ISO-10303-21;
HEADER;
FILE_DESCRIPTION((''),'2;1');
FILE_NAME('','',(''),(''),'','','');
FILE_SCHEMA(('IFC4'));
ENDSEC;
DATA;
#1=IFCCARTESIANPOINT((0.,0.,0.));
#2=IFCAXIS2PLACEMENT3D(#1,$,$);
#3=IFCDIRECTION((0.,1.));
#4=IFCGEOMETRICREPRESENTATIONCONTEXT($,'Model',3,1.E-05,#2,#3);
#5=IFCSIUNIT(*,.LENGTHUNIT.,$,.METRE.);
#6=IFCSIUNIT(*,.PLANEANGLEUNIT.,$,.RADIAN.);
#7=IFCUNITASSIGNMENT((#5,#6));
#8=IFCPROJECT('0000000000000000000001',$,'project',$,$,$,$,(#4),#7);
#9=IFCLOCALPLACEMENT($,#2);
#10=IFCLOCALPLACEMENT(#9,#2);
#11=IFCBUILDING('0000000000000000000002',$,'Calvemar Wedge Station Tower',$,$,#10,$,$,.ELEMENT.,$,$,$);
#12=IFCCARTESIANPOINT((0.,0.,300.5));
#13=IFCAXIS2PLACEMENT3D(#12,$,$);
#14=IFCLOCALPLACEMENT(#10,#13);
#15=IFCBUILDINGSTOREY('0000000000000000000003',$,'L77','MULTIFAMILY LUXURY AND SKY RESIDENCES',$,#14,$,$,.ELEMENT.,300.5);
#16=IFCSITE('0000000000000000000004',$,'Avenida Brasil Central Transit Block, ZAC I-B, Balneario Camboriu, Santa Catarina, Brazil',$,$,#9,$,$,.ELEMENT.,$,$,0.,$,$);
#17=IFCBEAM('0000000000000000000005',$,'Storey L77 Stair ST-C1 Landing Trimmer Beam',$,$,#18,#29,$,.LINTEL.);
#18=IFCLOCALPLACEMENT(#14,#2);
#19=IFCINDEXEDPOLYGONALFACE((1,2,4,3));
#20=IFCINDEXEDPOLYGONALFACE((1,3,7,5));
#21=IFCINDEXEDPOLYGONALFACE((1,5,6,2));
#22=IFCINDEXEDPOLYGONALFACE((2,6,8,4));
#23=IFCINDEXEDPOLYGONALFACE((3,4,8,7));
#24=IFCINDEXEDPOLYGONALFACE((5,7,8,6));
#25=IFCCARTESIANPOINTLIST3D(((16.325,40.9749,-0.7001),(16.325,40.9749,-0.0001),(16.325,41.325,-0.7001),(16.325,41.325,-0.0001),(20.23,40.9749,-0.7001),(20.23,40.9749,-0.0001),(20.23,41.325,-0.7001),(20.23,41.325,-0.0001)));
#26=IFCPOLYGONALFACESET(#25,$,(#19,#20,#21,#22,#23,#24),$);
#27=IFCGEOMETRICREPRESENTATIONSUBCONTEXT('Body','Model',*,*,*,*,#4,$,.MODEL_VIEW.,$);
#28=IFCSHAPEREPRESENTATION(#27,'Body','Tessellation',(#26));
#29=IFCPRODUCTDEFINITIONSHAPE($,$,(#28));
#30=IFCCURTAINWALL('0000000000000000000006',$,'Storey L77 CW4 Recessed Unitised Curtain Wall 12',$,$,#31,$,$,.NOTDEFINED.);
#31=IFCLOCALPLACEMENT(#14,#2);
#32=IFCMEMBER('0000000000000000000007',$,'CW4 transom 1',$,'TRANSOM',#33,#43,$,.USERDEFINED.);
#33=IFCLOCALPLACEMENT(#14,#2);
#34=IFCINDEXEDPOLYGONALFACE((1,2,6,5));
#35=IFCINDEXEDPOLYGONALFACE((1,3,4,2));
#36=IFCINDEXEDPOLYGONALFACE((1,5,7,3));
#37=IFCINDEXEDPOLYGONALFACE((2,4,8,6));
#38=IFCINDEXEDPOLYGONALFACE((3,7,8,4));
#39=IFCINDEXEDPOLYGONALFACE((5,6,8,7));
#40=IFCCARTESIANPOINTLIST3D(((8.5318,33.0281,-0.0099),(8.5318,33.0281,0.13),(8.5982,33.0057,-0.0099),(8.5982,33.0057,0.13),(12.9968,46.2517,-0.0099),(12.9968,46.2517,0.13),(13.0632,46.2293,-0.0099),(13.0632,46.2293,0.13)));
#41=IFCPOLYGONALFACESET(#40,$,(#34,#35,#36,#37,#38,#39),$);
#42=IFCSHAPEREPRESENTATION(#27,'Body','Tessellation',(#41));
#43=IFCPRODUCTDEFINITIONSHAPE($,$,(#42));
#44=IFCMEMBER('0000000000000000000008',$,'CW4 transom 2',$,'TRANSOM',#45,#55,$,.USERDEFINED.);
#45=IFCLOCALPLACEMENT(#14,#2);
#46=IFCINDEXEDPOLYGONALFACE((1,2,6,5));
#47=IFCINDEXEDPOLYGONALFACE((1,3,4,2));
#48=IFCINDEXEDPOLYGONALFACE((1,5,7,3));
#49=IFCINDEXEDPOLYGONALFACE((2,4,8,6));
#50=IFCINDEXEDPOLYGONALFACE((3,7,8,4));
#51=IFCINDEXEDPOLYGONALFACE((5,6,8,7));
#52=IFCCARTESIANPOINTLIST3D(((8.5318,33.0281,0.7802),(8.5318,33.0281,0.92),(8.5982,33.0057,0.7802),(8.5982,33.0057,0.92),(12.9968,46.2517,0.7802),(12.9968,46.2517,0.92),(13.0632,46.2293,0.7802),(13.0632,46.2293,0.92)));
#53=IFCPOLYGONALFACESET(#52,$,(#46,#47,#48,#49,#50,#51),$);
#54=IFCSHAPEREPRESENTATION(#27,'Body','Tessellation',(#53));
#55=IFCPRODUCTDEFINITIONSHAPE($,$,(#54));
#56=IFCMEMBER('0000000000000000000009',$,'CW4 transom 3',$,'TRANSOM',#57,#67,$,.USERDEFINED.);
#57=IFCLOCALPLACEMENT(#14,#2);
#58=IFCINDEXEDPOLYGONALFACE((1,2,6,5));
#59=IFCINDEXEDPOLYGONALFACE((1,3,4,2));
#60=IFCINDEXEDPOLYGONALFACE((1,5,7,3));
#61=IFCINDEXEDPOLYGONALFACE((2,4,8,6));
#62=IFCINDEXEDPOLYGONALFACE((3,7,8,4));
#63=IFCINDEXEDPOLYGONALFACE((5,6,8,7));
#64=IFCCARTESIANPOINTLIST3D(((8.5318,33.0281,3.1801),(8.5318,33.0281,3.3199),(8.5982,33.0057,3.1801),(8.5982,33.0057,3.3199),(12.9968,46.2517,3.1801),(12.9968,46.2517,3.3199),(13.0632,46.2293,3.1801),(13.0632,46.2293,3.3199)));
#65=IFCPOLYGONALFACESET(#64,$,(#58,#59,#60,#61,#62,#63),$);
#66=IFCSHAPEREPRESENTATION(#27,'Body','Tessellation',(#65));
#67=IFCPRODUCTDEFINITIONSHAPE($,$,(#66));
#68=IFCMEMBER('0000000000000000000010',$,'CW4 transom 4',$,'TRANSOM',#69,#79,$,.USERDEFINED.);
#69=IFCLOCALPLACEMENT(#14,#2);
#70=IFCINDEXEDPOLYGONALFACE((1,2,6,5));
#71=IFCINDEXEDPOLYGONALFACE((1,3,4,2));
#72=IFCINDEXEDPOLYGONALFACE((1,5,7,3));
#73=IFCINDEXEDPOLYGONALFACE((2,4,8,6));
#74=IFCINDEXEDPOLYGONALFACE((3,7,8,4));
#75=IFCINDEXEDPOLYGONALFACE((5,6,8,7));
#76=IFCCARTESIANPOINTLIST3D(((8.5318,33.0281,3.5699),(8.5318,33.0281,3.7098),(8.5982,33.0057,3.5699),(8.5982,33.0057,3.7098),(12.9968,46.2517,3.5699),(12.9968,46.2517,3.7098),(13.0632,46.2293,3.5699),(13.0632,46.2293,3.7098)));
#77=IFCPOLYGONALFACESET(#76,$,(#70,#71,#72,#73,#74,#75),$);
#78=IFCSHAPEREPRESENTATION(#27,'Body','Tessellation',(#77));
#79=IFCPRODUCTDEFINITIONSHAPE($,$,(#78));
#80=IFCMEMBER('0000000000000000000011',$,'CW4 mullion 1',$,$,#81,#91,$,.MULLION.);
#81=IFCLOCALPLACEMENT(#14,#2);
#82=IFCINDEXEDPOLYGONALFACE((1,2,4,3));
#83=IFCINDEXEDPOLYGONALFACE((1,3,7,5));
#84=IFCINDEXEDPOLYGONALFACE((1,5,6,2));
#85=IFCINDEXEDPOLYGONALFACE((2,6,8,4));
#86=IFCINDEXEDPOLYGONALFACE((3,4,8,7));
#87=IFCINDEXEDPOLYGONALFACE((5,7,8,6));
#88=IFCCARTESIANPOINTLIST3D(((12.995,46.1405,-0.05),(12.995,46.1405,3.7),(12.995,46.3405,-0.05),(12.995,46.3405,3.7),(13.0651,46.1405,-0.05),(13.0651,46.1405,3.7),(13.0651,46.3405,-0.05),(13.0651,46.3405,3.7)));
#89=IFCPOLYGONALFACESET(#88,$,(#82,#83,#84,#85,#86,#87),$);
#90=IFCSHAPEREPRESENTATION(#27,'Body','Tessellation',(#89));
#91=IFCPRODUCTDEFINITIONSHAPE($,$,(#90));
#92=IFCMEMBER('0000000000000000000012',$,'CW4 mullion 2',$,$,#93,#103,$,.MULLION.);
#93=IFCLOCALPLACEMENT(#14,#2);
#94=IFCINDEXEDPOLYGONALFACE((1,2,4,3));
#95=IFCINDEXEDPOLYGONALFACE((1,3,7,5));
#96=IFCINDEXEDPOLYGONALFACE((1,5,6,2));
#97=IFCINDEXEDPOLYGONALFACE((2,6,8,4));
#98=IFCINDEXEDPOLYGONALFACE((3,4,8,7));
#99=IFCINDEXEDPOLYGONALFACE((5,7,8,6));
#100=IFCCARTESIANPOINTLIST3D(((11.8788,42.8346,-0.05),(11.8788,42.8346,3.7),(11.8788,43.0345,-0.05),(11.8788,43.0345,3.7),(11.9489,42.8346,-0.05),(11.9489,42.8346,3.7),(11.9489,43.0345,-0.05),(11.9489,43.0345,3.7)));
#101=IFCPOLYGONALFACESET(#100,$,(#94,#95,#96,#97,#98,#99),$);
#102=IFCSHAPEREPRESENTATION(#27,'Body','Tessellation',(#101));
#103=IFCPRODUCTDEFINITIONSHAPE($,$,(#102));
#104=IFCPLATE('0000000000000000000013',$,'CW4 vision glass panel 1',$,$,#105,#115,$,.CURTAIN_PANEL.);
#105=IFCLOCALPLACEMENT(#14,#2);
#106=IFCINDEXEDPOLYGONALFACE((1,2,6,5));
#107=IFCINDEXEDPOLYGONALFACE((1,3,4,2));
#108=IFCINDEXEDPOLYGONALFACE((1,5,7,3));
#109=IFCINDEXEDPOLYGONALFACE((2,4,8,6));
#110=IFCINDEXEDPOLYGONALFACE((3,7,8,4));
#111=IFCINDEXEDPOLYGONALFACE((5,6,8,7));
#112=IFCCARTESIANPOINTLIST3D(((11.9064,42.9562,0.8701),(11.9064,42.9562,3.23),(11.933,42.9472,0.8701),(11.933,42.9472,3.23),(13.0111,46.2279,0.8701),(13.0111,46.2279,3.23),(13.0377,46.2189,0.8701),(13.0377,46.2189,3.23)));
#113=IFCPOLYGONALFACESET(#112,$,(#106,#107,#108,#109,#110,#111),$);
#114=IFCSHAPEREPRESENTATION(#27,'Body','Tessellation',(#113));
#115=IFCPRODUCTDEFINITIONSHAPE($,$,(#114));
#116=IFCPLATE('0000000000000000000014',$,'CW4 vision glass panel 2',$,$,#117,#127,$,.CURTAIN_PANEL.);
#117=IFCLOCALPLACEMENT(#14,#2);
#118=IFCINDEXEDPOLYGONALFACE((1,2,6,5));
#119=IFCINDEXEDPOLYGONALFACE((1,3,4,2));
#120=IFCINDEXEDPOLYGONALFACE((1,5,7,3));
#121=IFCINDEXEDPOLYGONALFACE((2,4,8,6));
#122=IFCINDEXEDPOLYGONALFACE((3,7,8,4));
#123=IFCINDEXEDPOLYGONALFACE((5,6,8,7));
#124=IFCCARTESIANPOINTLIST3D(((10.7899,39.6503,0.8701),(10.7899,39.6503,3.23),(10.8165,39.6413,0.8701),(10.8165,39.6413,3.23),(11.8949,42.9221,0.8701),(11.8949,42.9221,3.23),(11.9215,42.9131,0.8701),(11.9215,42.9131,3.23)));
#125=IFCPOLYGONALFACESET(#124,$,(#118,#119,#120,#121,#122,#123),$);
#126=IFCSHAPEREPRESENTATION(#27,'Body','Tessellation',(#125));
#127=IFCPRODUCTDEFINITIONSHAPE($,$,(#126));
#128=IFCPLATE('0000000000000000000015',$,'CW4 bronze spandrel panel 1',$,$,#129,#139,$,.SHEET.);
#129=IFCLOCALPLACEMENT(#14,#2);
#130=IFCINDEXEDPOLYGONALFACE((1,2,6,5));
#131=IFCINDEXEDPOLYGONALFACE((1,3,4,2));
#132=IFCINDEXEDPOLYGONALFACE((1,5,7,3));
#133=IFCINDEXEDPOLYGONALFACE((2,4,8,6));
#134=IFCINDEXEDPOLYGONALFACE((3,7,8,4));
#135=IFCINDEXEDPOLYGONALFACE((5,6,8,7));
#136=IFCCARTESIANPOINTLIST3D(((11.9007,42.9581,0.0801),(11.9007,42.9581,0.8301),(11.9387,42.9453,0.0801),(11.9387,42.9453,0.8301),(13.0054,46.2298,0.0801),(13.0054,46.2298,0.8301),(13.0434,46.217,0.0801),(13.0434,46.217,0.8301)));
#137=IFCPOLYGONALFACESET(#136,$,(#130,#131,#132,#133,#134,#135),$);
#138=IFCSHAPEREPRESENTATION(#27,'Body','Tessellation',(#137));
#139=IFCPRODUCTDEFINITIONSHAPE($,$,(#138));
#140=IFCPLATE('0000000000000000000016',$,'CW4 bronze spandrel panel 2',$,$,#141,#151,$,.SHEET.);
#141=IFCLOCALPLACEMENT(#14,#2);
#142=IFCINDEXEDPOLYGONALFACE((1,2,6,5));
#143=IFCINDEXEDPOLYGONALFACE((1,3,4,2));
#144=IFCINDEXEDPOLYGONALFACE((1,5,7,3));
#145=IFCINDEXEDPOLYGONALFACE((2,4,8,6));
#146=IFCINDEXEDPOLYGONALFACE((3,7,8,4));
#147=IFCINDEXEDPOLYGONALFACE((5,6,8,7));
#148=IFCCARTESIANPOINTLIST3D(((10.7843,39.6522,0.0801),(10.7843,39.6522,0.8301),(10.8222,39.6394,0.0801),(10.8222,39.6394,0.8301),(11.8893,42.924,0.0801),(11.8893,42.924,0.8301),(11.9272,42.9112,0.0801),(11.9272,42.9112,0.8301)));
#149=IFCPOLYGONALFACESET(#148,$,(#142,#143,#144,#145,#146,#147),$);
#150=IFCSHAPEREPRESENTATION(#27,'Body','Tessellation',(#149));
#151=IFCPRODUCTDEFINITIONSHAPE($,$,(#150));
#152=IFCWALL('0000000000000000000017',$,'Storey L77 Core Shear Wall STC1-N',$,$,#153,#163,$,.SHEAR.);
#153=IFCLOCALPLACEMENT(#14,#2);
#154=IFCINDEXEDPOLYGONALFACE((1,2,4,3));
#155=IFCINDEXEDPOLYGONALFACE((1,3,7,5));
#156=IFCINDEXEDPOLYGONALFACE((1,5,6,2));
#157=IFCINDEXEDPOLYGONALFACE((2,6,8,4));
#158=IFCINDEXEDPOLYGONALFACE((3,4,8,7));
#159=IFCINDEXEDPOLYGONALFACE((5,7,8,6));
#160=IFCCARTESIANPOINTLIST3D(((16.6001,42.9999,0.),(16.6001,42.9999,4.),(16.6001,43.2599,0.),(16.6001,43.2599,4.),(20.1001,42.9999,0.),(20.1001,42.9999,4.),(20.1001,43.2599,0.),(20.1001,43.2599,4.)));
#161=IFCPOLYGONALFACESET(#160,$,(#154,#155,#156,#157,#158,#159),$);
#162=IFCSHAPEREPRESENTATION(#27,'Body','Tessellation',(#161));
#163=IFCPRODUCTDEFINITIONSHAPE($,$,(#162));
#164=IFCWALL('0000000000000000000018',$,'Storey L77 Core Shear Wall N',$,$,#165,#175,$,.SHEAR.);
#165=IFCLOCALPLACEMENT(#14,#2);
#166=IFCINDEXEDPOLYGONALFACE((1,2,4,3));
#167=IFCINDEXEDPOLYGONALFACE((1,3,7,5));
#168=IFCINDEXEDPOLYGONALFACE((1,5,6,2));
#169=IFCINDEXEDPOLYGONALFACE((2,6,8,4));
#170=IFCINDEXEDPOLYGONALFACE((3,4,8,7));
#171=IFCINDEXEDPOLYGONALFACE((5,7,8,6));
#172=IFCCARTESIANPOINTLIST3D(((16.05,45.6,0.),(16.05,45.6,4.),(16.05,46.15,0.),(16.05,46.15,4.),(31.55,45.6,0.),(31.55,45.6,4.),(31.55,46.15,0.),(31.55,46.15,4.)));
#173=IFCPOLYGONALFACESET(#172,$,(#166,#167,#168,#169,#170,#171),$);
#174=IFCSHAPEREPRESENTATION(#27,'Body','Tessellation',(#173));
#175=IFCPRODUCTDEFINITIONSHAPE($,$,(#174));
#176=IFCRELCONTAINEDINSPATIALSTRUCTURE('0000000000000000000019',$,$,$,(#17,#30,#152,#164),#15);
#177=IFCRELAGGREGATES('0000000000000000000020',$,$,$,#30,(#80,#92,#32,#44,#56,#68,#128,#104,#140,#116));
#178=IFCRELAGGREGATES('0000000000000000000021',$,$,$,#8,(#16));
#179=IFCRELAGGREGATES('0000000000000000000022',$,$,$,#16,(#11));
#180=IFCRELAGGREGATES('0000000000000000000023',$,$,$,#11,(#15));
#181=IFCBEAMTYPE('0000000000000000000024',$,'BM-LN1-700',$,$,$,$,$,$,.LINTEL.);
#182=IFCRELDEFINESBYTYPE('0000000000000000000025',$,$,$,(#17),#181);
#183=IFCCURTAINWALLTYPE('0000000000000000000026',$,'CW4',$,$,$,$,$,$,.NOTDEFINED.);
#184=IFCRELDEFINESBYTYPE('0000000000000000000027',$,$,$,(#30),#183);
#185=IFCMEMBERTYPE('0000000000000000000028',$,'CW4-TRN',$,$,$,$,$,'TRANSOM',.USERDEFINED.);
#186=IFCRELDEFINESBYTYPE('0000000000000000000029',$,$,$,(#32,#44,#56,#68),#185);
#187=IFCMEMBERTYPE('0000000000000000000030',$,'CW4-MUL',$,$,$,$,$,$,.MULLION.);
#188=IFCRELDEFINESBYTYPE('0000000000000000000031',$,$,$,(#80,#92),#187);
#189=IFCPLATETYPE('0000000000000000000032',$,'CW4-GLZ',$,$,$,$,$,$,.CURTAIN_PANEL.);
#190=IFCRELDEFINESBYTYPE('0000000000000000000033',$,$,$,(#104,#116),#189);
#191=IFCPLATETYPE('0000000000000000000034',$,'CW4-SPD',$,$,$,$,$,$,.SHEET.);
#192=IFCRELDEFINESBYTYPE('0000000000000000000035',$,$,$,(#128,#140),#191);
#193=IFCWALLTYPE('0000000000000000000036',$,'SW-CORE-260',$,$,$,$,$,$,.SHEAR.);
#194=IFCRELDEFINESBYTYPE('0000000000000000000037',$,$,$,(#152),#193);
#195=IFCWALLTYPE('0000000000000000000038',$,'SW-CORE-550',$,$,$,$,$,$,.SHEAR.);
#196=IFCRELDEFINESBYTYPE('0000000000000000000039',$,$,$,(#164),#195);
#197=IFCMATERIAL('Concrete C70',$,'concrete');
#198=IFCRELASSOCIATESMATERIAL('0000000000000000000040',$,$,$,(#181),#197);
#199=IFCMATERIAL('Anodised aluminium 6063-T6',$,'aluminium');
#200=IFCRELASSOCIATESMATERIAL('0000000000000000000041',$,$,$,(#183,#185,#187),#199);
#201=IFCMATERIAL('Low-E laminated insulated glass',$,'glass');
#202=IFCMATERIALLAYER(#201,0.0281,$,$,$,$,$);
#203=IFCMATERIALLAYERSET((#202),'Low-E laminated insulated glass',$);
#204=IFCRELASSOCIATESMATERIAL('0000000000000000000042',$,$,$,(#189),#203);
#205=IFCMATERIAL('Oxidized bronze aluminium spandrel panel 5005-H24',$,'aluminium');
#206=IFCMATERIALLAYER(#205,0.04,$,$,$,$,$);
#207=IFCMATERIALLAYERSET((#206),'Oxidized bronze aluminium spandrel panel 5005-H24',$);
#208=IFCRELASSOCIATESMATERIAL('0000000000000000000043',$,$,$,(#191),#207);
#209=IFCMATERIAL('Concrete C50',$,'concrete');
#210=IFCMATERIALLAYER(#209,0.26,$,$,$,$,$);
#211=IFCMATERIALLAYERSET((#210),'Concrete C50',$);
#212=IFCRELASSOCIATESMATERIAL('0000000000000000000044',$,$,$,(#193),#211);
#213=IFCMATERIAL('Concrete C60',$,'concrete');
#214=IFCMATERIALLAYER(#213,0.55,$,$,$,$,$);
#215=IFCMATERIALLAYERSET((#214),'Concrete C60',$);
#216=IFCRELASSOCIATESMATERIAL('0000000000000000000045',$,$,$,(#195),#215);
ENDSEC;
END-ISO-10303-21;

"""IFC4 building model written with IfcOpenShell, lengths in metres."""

from ifc_helpers import new_model, si_unit, direction, frame, frame_2d, origin, origin_2d, place, context, subcontext, project, spatial, rectangle, extrude, source, transform, mapped, material, layer, layer_set, material_profile, profile_set, type_object, element, aggregate, save


model = new_model("IFC4")

# Units and contexts
model_context = context("Model", 3, precision=1e-05, world=origin(), true_north=direction((0.0, 1.0)))
body_context = subcontext(model_context, "Body", "Model", "MODEL_VIEW")
ifc_project = project(units=[si_unit("LENGTHUNIT", "METRE"), si_unit("PLANEANGLEUNIT", "RADIAN")], contexts=[model_context])

# Site, building, storey
site_placement = place(None, origin())
site = spatial("IfcSite", under=ifc_project, at=site_placement, Name="Avenida Brasil Central Transit Block, ZAC I-B, Balneario Camboriu, Santa Catarina, Brazil", CompositionType="ELEMENT", RefElevation=0.0)
building_placement = place(site_placement, origin())
building = spatial("IfcBuilding", under=site, at=building_placement, Name="Calvemar Wedge Station Tower", CompositionType="ELEMENT")
storey_placement = place(building_placement, frame((0.0, 0.0, 300.5)))
storey = spatial("IfcBuildingStorey", under=building, at=storey_placement, Name="L77", Description="MULTIFAMILY LUXURY AND SKY RESIDENCES", CompositionType="ELEMENT", Elevation=300.5)

# Beam
ifc_material_1 = material(Name="Concrete C70", Category="concrete")
ifc_material_profile_1 = material_profile(ifc_material_1, rectangle(XDim=0.3501, YDim=0.7, at=origin_2d()), Name="RC350x700")
ifc_profile_set_1 = profile_set([ifc_material_profile_1], Name="Concrete C70")
beam_type = type_object("IfcBeamType", Name="BM-LN1-700", PredefinedType="LINTEL", material=ifc_profile_set_1)
shared_shape_1 = source(origin(), body_context, "Body", "SweptSolid", [
    extrude(rectangle(XDim=0.3501, YDim=0.7, at=origin_2d()), origin(), (0.0, 0.0, 1.0), 3.905),
])
beam_placement = place(storey_placement, frame((16.325, 41.1499, -0.3501), z_axis=(1.0, 0.0, 0.0), x_axis=(0.0, 1.0, 0.0)))
element("IfcBeam", 1, at=beam_placement, inside=storey, type_object=beam_type, Name="Storey L77 Stair ST-C1 Landing Trimmer Beam", PredefinedType="LINTEL", context=body_context, shape_type="MappedRepresentation", body=[
    mapped(shared_shape_1, transform((0.0, 0.0, 0.0), scale=1.0)),
])

# Curtain wall, members, plates
ifc_material_2 = material(Name="Anodised aluminium 6063-T6", Category="aluminium")
curtain_wall_type = type_object("IfcCurtainWallType", Name="CW4", PredefinedType="NOTDEFINED", material=ifc_material_2)
curtain_wall_placement = place(storey_placement, origin())
curtain_wall = element("IfcCurtainWall", 2, at=curtain_wall_placement, inside=storey, type_object=curtain_wall_type, Name="Storey L77 CW4 Recessed Unitised Curtain Wall 12", PredefinedType="NOTDEFINED")
ifc_material_profile_2 = material_profile(ifc_material_2, rectangle(XDim=0.0701, YDim=0.1399, at=origin_2d()), Name="AL-TRN-70x140")
ifc_profile_set_2 = profile_set([ifc_material_profile_2], Name="Anodised aluminium 6063-T6")
member_type_1 = type_object("IfcMemberType", Name="CW4-TRN", ElementType="TRANSOM", PredefinedType="USERDEFINED", material=ifc_profile_set_2)
shared_shape_2 = source(origin(), body_context, "Body", "SweptSolid", [
    extrude(rectangle(XDim=0.0701, YDim=0.1399, at=origin_2d()), origin(), (0.0, 0.0, 1.0), 13.957),
])
member_1_placement = place(storey_placement, frame((13.03, 46.2405, 0.0601), z_axis=(-0.319914, -0.947446, 0.0), x_axis=(0.947446, -0.319914, 0.0)))
member_1 = element("IfcMember", 3, at=member_1_placement, type_object=member_type_1, Name="CW4 transom 1", ObjectType="TRANSOM", PredefinedType="USERDEFINED", context=body_context, shape_type="MappedRepresentation", body=[
    mapped(shared_shape_2, transform((0.0, 0.0, 0.0), scale=1.0)),
])
member_2_placement = place(storey_placement, frame((13.03, 46.2405, 0.8501), z_axis=(-0.319914, -0.947446, 0.0), x_axis=(0.947446, -0.319914, 0.0)))
member_2 = element("IfcMember", 4, at=member_2_placement, type_object=member_type_1, Name="CW4 transom 2", ObjectType="TRANSOM", PredefinedType="USERDEFINED", context=body_context, shape_type="MappedRepresentation", body=[
    mapped(shared_shape_2, transform((0.0, 0.0, 0.0), scale=1.0)),
])
member_3_placement = place(storey_placement, frame((13.03, 46.2405, 3.25), z_axis=(-0.319914, -0.947446, 0.0), x_axis=(0.947446, -0.319914, 0.0)))
member_3 = element("IfcMember", 5, at=member_3_placement, type_object=member_type_1, Name="CW4 transom 3", ObjectType="TRANSOM", PredefinedType="USERDEFINED", context=body_context, shape_type="MappedRepresentation", body=[
    mapped(shared_shape_2, transform((0.0, 0.0, 0.0), scale=1.0)),
])
member_4_placement = place(storey_placement, frame((13.03, 46.2405, 3.6399), z_axis=(-0.319914, -0.947446, 0.0), x_axis=(0.947446, -0.319914, 0.0)))
member_4 = element("IfcMember", 6, at=member_4_placement, type_object=member_type_1, Name="CW4 transom 4", ObjectType="TRANSOM", PredefinedType="USERDEFINED", context=body_context, shape_type="MappedRepresentation", body=[
    mapped(shared_shape_2, transform((0.0, 0.0, 0.0), scale=1.0)),
])
ifc_material_profile_3 = material_profile(ifc_material_2, rectangle(XDim=0.0701, YDim=0.2, at=origin_2d()), Name="AL-MUL-70x200")
ifc_profile_set_3 = profile_set([ifc_material_profile_3], Name="Anodised aluminium 6063-T6")
member_type_2 = type_object("IfcMemberType", Name="CW4-MUL", PredefinedType="MULLION", material=ifc_profile_set_3)
shared_shape_3 = source(origin(), body_context, "Body", "SweptSolid", [
    extrude(rectangle(XDim=0.0701, YDim=0.2, at=origin_2d()), origin(), (0.0, 0.0, 1.0), 3.75),
])
member_5_placement = place(storey_placement, frame((13.03, 46.2405, -0.05), z_axis=(0.0, 0.0, 1.0), x_axis=(1.0, 0.0, 0.0)))
member_5 = element("IfcMember", 7, at=member_5_placement, type_object=member_type_2, Name="CW4 mullion 1", PredefinedType="MULLION", context=body_context, shape_type="MappedRepresentation", body=[
    mapped(shared_shape_3, transform((0.0, 0.0, 0.0), scale=1.0)),
])
member_6_placement = place(storey_placement, frame((11.9138, 42.9346, -0.05), z_axis=(0.0, 0.0, 1.0), x_axis=(1.0, 0.0, 0.0)))
member_6 = element("IfcMember", 8, at=member_6_placement, type_object=member_type_2, Name="CW4 mullion 2", PredefinedType="MULLION", context=body_context, shape_type="MappedRepresentation", body=[
    mapped(shared_shape_3, transform((0.0, 0.0, 0.0), scale=1.0)),
])
ifc_material_3 = material(Name="Low-E laminated insulated glass", Category="glass")
ifc_layer_1 = layer(ifc_material_3, 0.0281)
ifc_layer_set_1 = layer_set([ifc_layer_1], Name="Low-E laminated insulated glass")
plate_type_1 = type_object("IfcPlateType", Name="CW4-GLZ", PredefinedType="CURTAIN_PANEL", material=ifc_layer_set_1)
plate_1_placement = place(storey_placement, frame((13.0244, 46.2234, 0.8701), z_axis=(0.0, 0.0, 1.0), x_axis=(-0.319916, -0.947446, 0.0)))
plate_1 = element("IfcPlate", 9, at=plate_1_placement, type_object=plate_type_1, Name="CW4 vision glass panel 1", PredefinedType="CURTAIN_PANEL", context=body_context, shape_type="SweptSolid", body=[
    extrude(rectangle(XDim=3.4531, YDim=0.0281, at=frame_2d((1.7266, 0.0))), origin(), (0.0, 0.0, 1.0), 2.3599),
])
plate_2_placement = place(storey_placement, frame((11.9082, 42.9175, 0.8701), z_axis=(0.0, 0.0, 1.0), x_axis=(-0.319979, -0.947425, 0.0)))
plate_2 = element("IfcPlate", 10, at=plate_2_placement, type_object=plate_type_1, Name="CW4 vision glass panel 2", PredefinedType="CURTAIN_PANEL", context=body_context, shape_type="SweptSolid", body=[
    extrude(rectangle(XDim=3.4534, YDim=0.0281, at=frame_2d((1.7266, 0.0))), origin(), (0.0, 0.0, 1.0), 2.3599),
])
ifc_material_4 = material(Name="Oxidized bronze aluminium spandrel panel 5005-H24", Category="aluminium")
ifc_layer_2 = layer(ifc_material_4, 0.04)
ifc_layer_set_2 = layer_set([ifc_layer_2], Name="Oxidized bronze aluminium spandrel panel 5005-H24")
plate_type_2 = type_object("IfcPlateType", Name="CW4-SPD", PredefinedType="SHEET", material=ifc_layer_set_2)
plate_3_placement = place(storey_placement, frame((13.0244, 46.2234, 0.0801), z_axis=(0.0, 0.0, 1.0), x_axis=(-0.319916, -0.947446, 0.0)))
plate_3 = element("IfcPlate", 11, at=plate_3_placement, type_object=plate_type_2, Name="CW4 bronze spandrel panel 1", PredefinedType="SHEET", context=body_context, shape_type="SweptSolid", body=[
    extrude(rectangle(XDim=3.4531, YDim=0.04, at=frame_2d((1.7266, 0.0))), origin(), (0.0, 0.0, 1.0), 0.75),
])
plate_4_placement = place(storey_placement, frame((11.9082, 42.9175, 0.0801), z_axis=(0.0, 0.0, 1.0), x_axis=(-0.319979, -0.947425, 0.0)))
plate_4 = element("IfcPlate", 12, at=plate_4_placement, type_object=plate_type_2, Name="CW4 bronze spandrel panel 2", PredefinedType="SHEET", context=body_context, shape_type="SweptSolid", body=[
    extrude(rectangle(XDim=3.4534, YDim=0.04, at=frame_2d((1.7266, 0.0))), origin(), (0.0, 0.0, 1.0), 0.75),
])
aggregate(curtain_wall, [member_5, member_6, member_1, member_2, member_3, member_4, plate_3, plate_1, plate_4, plate_2])

# Walls
ifc_material_5 = material(Name="Concrete C50", Category="concrete")
ifc_layer_3 = layer(ifc_material_5, 0.26)
ifc_layer_set_3 = layer_set([ifc_layer_3], Name="Concrete C50")
wall_type_1 = type_object("IfcWallType", Name="SW-CORE-260", PredefinedType="SHEAR", material=ifc_layer_set_3)
wall_1_placement = place(storey_placement, frame((16.6001, 43.1299, 0.0), z_axis=(0.0, 0.0, 1.0), x_axis=(1.0, 0.0, 0.0)))
element("IfcWall", 13, at=wall_1_placement, inside=storey, type_object=wall_type_1, Name="Storey L77 Core Shear Wall STC1-N", PredefinedType="SHEAR", context=body_context, shape_type="SweptSolid", body=[
    extrude(rectangle(XDim=3.5, YDim=0.26, at=frame_2d((1.75, 0.0))), origin(), (0.0, 0.0, 1.0), 4.0),
])
ifc_material_6 = material(Name="Concrete C60", Category="concrete")
ifc_layer_4 = layer(ifc_material_6, 0.55)
ifc_layer_set_4 = layer_set([ifc_layer_4], Name="Concrete C60")
wall_type_2 = type_object("IfcWallType", Name="SW-CORE-550", PredefinedType="SHEAR", material=ifc_layer_set_4)
wall_2_placement = place(storey_placement, frame((16.05, 45.875, 0.0), z_axis=(0.0, 0.0, 1.0), x_axis=(1.0, 0.0, 0.0)))
element("IfcWall", 14, at=wall_2_placement, inside=storey, type_object=wall_type_2, Name="Storey L77 Core Shear Wall N", PredefinedType="SHEAR", context=body_context, shape_type="SweptSolid", body=[
    extrude(rectangle(XDim=15.5, YDim=0.55, at=frame_2d((7.75, 0.0))), origin(), (0.0, 0.0, 1.0), 4.0),
])

save(model, "model.ifc")
